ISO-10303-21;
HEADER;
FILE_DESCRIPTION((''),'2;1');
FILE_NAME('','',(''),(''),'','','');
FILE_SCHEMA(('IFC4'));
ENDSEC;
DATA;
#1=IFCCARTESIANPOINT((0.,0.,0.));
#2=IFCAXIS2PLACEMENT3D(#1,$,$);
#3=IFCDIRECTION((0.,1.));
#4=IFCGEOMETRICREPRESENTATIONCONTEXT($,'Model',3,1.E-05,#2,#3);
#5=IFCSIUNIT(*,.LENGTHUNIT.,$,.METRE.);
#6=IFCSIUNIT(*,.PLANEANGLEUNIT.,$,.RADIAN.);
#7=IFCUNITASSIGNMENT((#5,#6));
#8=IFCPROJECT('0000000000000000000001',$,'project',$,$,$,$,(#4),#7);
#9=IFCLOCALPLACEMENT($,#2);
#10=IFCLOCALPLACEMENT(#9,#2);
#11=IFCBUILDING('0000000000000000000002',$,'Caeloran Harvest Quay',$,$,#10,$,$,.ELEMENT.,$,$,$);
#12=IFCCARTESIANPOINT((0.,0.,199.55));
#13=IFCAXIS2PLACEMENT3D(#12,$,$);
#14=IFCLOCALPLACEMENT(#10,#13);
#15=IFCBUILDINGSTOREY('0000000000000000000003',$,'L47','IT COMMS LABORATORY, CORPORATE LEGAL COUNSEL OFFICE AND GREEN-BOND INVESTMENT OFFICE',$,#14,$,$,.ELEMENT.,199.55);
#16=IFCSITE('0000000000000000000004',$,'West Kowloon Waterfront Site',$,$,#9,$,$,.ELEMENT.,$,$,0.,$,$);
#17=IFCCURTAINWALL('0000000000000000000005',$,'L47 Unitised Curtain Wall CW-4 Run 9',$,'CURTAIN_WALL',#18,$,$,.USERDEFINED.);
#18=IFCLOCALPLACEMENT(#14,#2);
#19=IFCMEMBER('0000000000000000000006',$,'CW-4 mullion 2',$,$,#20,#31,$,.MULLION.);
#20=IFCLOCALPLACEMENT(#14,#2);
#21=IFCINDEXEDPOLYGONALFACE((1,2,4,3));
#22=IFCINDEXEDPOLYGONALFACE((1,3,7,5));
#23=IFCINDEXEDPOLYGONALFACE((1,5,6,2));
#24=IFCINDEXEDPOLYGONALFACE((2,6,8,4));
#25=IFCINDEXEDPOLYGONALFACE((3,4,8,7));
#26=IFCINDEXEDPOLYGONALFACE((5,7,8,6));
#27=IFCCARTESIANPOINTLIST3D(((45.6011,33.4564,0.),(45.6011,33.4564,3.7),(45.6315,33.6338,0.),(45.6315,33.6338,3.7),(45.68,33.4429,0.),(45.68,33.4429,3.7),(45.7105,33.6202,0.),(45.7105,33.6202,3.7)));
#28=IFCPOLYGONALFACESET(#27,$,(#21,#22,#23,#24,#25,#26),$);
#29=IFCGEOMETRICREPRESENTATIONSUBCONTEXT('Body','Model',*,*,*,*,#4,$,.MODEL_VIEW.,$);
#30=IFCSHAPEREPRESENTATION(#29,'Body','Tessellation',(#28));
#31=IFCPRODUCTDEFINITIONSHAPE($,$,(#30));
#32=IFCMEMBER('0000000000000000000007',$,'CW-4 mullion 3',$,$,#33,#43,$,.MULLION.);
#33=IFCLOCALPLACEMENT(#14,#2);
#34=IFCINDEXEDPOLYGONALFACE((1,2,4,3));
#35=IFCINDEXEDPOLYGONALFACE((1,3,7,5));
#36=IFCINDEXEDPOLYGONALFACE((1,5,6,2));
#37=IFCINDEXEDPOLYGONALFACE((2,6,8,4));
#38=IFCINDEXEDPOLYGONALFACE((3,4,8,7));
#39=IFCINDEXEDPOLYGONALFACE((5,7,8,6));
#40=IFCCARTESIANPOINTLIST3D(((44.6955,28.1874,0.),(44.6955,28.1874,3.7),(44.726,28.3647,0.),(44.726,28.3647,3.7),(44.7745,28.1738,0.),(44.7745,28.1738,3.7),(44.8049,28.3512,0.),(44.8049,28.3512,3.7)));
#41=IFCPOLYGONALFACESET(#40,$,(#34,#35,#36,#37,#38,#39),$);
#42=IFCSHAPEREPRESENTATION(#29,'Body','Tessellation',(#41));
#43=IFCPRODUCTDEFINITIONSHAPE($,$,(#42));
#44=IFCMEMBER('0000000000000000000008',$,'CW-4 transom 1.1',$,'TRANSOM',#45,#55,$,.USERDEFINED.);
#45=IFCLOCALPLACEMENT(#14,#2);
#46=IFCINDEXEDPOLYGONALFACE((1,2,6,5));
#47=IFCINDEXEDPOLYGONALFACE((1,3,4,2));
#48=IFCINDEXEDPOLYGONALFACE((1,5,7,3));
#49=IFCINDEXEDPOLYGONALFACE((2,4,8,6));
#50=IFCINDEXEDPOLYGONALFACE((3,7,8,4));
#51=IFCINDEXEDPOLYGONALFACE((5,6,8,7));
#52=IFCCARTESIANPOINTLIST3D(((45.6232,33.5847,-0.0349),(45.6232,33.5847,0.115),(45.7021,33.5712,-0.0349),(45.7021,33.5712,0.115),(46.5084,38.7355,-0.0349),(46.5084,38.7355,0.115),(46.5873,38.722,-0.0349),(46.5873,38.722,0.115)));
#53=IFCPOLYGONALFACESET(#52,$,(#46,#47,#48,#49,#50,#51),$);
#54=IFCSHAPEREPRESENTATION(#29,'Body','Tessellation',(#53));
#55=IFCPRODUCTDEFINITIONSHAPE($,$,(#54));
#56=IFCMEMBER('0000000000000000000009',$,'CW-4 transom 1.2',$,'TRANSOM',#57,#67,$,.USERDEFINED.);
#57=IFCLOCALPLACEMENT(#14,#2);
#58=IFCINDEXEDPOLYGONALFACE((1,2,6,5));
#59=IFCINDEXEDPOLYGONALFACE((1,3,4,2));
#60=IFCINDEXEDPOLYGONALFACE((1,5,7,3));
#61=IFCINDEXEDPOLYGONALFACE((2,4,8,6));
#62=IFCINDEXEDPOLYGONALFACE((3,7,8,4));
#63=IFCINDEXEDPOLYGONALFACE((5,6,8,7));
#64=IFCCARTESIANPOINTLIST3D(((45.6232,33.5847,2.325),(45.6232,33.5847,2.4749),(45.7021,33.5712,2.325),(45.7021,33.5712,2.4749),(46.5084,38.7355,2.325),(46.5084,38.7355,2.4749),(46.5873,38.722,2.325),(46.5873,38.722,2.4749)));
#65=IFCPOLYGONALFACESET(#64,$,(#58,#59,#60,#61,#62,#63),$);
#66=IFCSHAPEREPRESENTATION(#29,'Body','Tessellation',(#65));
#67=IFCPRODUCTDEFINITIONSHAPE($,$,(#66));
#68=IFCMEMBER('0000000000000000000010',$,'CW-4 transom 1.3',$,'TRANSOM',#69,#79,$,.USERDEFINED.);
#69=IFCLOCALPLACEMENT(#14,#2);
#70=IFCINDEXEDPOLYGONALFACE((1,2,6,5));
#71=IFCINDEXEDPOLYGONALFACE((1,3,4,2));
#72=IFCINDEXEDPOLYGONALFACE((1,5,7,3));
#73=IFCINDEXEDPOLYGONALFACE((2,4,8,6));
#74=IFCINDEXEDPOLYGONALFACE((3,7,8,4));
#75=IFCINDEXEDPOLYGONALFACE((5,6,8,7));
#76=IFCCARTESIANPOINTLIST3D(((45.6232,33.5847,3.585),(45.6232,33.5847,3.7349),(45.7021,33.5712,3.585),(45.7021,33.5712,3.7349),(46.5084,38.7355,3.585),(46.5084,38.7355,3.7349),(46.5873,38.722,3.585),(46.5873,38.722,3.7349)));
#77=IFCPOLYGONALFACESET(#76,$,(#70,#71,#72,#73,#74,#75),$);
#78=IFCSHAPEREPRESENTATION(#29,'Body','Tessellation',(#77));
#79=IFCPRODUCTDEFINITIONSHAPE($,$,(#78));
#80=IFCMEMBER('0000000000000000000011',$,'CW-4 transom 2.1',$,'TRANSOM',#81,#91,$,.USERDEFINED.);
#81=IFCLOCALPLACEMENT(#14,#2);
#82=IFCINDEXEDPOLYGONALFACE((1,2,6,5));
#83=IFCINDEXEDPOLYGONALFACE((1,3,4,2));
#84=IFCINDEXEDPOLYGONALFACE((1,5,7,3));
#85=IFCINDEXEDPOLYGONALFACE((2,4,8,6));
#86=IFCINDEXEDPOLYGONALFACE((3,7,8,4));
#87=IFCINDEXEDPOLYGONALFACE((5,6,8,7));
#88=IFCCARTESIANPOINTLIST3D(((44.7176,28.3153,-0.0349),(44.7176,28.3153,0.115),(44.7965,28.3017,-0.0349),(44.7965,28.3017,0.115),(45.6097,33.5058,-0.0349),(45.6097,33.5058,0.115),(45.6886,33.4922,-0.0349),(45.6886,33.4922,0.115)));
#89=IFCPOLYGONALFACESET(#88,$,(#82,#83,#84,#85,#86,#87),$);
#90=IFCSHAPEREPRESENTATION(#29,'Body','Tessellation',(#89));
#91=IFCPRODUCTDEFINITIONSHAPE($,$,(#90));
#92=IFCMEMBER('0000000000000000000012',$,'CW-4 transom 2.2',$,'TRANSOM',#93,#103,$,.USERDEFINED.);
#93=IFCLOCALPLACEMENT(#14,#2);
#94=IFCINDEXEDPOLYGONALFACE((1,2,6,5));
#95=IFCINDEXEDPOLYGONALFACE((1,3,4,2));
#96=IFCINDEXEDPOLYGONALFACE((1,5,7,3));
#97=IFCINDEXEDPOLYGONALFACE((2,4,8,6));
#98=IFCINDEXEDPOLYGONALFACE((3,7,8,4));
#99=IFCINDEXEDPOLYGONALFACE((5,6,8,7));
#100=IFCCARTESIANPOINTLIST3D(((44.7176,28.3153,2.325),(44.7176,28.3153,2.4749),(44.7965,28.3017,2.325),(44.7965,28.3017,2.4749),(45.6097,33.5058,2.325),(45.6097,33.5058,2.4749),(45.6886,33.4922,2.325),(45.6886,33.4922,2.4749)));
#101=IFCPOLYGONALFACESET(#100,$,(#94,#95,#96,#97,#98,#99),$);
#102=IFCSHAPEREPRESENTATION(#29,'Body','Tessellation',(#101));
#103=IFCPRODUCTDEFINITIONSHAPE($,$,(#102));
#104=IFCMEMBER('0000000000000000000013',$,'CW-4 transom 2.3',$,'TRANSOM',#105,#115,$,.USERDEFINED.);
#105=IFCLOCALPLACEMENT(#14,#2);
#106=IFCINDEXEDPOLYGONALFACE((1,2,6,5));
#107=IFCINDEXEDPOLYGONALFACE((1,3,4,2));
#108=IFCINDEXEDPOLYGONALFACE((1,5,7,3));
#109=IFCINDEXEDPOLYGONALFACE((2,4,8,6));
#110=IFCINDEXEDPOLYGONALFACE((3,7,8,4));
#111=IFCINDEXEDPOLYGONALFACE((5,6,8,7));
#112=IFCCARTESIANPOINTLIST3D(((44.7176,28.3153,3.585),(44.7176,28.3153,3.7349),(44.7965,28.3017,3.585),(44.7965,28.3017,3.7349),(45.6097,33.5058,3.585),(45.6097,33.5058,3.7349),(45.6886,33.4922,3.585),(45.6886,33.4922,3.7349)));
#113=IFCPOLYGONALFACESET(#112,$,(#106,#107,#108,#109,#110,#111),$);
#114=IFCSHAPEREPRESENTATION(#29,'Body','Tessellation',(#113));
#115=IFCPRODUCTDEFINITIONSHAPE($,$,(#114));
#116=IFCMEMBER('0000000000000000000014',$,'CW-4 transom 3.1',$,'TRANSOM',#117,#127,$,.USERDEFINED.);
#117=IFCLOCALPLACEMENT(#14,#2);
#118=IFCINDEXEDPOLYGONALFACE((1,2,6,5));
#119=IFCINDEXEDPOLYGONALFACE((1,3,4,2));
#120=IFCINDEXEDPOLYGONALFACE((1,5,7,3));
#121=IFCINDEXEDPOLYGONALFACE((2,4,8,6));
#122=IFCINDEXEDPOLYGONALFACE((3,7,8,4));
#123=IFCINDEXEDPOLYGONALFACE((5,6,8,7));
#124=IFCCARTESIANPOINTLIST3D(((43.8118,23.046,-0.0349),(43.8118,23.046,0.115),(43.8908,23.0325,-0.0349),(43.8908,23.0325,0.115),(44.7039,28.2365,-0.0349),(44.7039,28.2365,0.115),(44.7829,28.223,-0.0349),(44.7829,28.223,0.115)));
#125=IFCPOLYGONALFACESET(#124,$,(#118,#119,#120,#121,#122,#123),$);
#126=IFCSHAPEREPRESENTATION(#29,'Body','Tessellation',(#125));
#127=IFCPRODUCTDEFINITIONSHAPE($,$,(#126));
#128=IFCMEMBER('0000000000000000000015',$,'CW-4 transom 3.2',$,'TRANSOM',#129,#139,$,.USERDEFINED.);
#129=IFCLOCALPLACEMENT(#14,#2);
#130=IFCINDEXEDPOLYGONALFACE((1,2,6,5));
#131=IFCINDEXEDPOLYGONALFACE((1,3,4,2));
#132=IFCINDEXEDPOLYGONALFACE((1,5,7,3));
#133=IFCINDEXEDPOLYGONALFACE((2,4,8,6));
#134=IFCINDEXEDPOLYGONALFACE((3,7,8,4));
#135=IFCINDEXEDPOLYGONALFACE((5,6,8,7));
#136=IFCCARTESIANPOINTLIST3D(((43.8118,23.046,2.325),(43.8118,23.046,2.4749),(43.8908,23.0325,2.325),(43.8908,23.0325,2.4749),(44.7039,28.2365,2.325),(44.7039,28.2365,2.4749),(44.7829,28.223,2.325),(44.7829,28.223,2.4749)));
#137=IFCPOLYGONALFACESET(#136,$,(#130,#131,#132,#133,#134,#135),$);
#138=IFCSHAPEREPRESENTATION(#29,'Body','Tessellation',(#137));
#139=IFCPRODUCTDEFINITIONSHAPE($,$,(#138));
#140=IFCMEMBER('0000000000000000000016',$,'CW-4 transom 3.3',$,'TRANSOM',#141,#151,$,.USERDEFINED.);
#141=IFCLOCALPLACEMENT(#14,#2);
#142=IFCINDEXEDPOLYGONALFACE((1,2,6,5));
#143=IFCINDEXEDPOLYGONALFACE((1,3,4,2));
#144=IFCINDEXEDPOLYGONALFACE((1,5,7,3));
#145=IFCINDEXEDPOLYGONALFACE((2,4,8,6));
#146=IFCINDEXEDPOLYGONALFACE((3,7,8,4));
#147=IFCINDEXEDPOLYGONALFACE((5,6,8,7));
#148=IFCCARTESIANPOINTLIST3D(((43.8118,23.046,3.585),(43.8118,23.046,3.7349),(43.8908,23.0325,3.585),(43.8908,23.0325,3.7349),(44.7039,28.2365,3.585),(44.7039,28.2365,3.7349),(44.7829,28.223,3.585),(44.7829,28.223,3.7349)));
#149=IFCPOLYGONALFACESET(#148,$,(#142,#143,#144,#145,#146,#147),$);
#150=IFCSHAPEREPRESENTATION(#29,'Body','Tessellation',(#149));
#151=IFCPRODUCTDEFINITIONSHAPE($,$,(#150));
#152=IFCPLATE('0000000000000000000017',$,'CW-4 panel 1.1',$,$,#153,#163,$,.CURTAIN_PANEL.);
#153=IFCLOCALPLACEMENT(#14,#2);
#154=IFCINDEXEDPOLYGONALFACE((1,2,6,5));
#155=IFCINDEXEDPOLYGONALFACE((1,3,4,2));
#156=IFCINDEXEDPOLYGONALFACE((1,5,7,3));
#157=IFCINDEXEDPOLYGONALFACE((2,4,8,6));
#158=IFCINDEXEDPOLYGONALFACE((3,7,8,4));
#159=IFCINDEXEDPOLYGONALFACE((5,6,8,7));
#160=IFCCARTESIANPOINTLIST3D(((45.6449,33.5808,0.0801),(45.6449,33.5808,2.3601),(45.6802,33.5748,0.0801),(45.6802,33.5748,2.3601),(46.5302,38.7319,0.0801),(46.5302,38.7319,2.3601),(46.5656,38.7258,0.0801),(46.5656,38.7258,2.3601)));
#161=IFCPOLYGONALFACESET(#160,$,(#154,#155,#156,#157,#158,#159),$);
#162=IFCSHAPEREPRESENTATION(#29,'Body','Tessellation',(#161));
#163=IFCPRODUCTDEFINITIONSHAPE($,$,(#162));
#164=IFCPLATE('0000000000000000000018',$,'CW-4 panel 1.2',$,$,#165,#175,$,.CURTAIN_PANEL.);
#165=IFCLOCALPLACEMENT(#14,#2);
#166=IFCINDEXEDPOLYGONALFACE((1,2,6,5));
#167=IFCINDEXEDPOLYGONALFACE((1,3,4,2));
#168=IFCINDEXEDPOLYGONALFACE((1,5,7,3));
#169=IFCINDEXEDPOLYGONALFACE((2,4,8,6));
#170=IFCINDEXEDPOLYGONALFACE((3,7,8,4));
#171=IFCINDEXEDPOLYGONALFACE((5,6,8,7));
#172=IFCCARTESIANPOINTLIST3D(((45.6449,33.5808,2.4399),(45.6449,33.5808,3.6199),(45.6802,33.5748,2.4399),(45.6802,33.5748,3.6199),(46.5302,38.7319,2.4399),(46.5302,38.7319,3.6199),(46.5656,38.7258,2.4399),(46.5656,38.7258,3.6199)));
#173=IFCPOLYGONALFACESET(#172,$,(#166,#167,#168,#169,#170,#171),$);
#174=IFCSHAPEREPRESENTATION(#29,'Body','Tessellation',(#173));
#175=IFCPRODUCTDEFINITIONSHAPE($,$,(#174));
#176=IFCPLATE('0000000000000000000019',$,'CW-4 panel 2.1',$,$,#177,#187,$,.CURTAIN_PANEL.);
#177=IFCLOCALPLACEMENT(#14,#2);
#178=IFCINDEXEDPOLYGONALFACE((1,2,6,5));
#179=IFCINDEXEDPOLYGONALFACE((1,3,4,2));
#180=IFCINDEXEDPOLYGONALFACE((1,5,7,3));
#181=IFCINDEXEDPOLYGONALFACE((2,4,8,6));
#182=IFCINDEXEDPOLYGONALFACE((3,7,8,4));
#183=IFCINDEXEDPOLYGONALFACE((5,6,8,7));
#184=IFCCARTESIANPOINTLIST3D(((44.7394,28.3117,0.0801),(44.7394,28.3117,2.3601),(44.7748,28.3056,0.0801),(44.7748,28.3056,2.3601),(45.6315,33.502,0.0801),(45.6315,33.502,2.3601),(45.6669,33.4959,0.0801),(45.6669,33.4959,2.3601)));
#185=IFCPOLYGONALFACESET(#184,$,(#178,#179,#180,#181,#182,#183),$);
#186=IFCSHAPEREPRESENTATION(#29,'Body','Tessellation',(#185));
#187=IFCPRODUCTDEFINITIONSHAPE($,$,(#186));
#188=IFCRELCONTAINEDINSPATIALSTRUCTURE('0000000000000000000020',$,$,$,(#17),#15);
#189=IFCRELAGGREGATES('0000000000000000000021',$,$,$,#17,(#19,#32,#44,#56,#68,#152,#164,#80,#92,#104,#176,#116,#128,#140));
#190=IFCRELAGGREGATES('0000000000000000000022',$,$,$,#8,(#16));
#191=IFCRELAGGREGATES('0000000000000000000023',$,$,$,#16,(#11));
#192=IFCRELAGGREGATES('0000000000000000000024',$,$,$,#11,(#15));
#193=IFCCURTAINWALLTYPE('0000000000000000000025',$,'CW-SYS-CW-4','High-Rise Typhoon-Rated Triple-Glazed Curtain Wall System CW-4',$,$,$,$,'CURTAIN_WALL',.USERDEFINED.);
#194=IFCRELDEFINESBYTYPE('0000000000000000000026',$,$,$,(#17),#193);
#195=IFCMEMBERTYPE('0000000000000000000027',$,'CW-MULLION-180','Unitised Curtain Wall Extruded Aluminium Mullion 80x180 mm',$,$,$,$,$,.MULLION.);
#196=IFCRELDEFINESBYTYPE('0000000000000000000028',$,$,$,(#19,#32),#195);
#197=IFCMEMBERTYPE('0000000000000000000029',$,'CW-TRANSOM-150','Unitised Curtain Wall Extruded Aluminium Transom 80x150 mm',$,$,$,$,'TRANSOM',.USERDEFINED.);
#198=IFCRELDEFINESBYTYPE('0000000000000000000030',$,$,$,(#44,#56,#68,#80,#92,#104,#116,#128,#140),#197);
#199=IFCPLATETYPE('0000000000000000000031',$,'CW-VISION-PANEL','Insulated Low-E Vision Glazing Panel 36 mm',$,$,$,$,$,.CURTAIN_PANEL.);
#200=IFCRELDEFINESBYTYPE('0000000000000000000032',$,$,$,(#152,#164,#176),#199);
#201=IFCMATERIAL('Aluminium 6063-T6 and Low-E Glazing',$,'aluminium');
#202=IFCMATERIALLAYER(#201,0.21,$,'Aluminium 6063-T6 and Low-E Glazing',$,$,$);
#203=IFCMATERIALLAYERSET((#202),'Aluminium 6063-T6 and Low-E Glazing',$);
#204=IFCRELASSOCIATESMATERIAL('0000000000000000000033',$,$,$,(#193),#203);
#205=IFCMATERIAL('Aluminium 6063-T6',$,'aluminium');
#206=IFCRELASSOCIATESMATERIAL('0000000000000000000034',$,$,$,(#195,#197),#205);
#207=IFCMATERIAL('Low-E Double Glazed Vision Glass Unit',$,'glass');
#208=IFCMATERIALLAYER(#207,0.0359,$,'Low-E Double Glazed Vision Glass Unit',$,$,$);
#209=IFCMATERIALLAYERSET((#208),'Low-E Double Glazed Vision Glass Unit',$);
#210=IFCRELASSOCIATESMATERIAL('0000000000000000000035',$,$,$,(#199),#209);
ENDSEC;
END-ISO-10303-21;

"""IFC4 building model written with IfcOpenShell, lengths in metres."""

from ifc_helpers import new_model, si_unit, direction, frame, origin, origin_2d, place, context, subcontext, project, spatial, rectangle, extrude, material, layer, layer_set, material_profile, profile_set, type_object, element, aggregate, save


model = new_model("IFC4")

# Units and contexts
model_context = context("Model", 3, precision=1e-05, world=origin(), true_north=direction((0.0, 1.0)))
body_context = subcontext(model_context, "Body", "Model", "MODEL_VIEW")
ifc_project = project(units=[si_unit("LENGTHUNIT", "METRE"), si_unit("PLANEANGLEUNIT", "RADIAN")], contexts=[model_context])

# Site, building, storey
site_placement = place(None, origin())
site = spatial("IfcSite", under=ifc_project, at=site_placement, Name="West Kowloon Waterfront Site", CompositionType="ELEMENT", RefElevation=0.0)
building_placement = place(site_placement, origin())
building = spatial("IfcBuilding", under=site, at=building_placement, Name="Caeloran Harvest Quay", CompositionType="ELEMENT")
storey_placement = place(building_placement, frame((0.0, 0.0, 199.55)))
storey = spatial("IfcBuildingStorey", under=building, at=storey_placement, Name="L47", Description="IT COMMS LABORATORY, CORPORATE LEGAL COUNSEL OFFICE AND GREEN-BOND INVESTMENT OFFICE", CompositionType="ELEMENT", Elevation=199.55)

# Curtain wall, members, plates
ifc_material_1 = material(Name="Aluminium 6063-T6 and Low-E Glazing", Category="aluminium")
ifc_layer_1 = layer(ifc_material_1, 0.21, Name="Aluminium 6063-T6 and Low-E Glazing")
ifc_layer_set_1 = layer_set([ifc_layer_1], Name="Aluminium 6063-T6 and Low-E Glazing")
curtain_wall_type = type_object("IfcCurtainWallType", Name="CW-SYS-CW-4", Description="High-Rise Typhoon-Rated Triple-Glazed Curtain Wall System CW-4", ElementType="CURTAIN_WALL", PredefinedType="USERDEFINED", material=ifc_layer_set_1)
curtain_wall_placement = place(storey_placement, origin())
curtain_wall = element("IfcCurtainWall", 1, at=curtain_wall_placement, inside=storey, type_object=curtain_wall_type, Name="L47 Unitised Curtain Wall CW-4 Run 9", ObjectType="CURTAIN_WALL", PredefinedType="USERDEFINED")
ifc_material_2 = material(Name="Aluminium 6063-T6", Category="aluminium")
ifc_material_profile_1 = material_profile(ifc_material_2, rectangle(XDim=0.0801, YDim=0.1799, at=origin_2d()), Name="CW-MULLION-180")
ifc_profile_set_1 = profile_set([ifc_material_profile_1], Name="Aluminium 6063-T6")
member_type_1 = type_object("IfcMemberType", Name="CW-MULLION-180", Description="Unitised Curtain Wall Extruded Aluminium Mullion 80x180 mm", PredefinedType="MULLION", material=ifc_profile_set_1)
member_1_placement = place(storey_placement, frame((45.6558, 33.5383, 0.0), z_axis=(0.0, 0.0, 1.0), x_axis=(0.985549, -0.169392, 0.0)))
member_1 = element("IfcMember", 2, at=member_1_placement, type_object=member_type_1, Name="CW-4 mullion 2", PredefinedType="MULLION", context=body_context, shape_type="SweptSolid", body=[
    extrude(rectangle(XDim=0.0801, YDim=0.1799, at=origin_2d()), origin(), (0.0, 0.0, 1.0), 3.7),
])
member_2_placement = place(storey_placement, frame((44.7502, 28.2693, 0.0), z_axis=(0.0, 0.0, 1.0), x_axis=(0.985549, -0.169392, 0.0)))
member_2 = element("IfcMember", 3, at=member_2_placement, type_object=member_type_1, Name="CW-4 mullion 3", PredefinedType="MULLION", context=body_context, shape_type="SweptSolid", body=[
    extrude(rectangle(XDim=0.0801, YDim=0.1799, at=origin_2d()), origin(), (0.0, 0.0, 1.0), 3.7),
])
ifc_material_profile_2 = material_profile(ifc_material_2, rectangle(XDim=0.0801, YDim=0.1499, at=origin_2d()), Name="CW-TRANSOM-150")
ifc_profile_set_2 = profile_set([ifc_material_profile_2], Name="Aluminium 6063-T6")
member_type_2 = type_object("IfcMemberType", Name="CW-TRANSOM-150", Description="Unitised Curtain Wall Extruded Aluminium Transom 80x150 mm", ElementType="TRANSOM", PredefinedType="USERDEFINED", material=ifc_profile_set_2)
member_3_placement = place(storey_placement, frame((46.5479, 38.7288, 0.04), z_axis=(-0.169381, -0.985551, 0.0), x_axis=(0.985551, -0.169381, 0.0)))
member_3 = element("IfcMember", 4, at=member_3_placement, type_object=member_type_2, Name="CW-4 transom 1.1", ObjectType="TRANSOM", PredefinedType="USERDEFINED", context=body_context, shape_type="SweptSolid", body=[
    extrude(rectangle(XDim=0.0801, YDim=0.1499, at=origin_2d()), origin(), (0.0, 0.0, 1.0), 5.2263),
])
member_4_placement = place(storey_placement, frame((46.5479, 38.7288, 2.3999), z_axis=(-0.169381, -0.985551, 0.0), x_axis=(0.985551, -0.169381, 0.0)))
member_4 = element("IfcMember", 5, at=member_4_placement, type_object=member_type_2, Name="CW-4 transom 1.2", ObjectType="TRANSOM", PredefinedType="USERDEFINED", context=body_context, shape_type="SweptSolid", body=[
    extrude(rectangle(XDim=0.0801, YDim=0.1499, at=origin_2d()), origin(), (0.0, 0.0, 1.0), 5.2263),
])
member_5_placement = place(storey_placement, frame((46.5479, 38.7288, 3.6599), z_axis=(-0.169381, -0.985551, 0.0), x_axis=(0.985551, -0.169381, 0.0)))
member_5 = element("IfcMember", 6, at=member_5_placement, type_object=member_type_2, Name="CW-4 transom 1.3", ObjectType="TRANSOM", PredefinedType="USERDEFINED", context=body_context, shape_type="SweptSolid", body=[
    extrude(rectangle(XDim=0.0801, YDim=0.1499, at=origin_2d()), origin(), (0.0, 0.0, 1.0), 5.2263),
])
member_6_placement = place(storey_placement, frame((45.6492, 33.499, 0.04), z_axis=(-0.169388, -0.985549, 0.0), x_axis=(0.985549, -0.169388, 0.0)))
member_6 = element("IfcMember", 7, at=member_6_placement, type_object=member_type_2, Name="CW-4 transom 2.1", ObjectType="TRANSOM", PredefinedType="USERDEFINED", context=body_context, shape_type="SweptSolid", body=[
    extrude(rectangle(XDim=0.0801, YDim=0.1499, at=origin_2d()), origin(), (0.0, 0.0, 1.0), 5.2666),
])
member_7_placement = place(storey_placement, frame((45.6492, 33.499, 2.3999), z_axis=(-0.169388, -0.985549, 0.0), x_axis=(0.985549, -0.169388, 0.0)))
member_7 = element("IfcMember", 8, at=member_7_placement, type_object=member_type_2, Name="CW-4 transom 2.2", ObjectType="TRANSOM", PredefinedType="USERDEFINED", context=body_context, shape_type="SweptSolid", body=[
    extrude(rectangle(XDim=0.0801, YDim=0.1499, at=origin_2d()), origin(), (0.0, 0.0, 1.0), 5.2666),
])
member_8_placement = place(storey_placement, frame((45.6492, 33.499, 3.6599), z_axis=(-0.169388, -0.985549, 0.0), x_axis=(0.985549, -0.169388, 0.0)))
member_8 = element("IfcMember", 9, at=member_8_placement, type_object=member_type_2, Name="CW-4 transom 2.3", ObjectType="TRANSOM", PredefinedType="USERDEFINED", context=body_context, shape_type="SweptSolid", body=[
    extrude(rectangle(XDim=0.0801, YDim=0.1499, at=origin_2d()), origin(), (0.0, 0.0, 1.0), 5.2666),
])
member_9_placement = place(storey_placement, frame((44.7434, 28.2297, 0.04), z_axis=(-0.169388, -0.985549, 0.0), x_axis=(0.985549, -0.169388, 0.0)))
member_9 = element("IfcMember", 10, at=member_9_placement, type_object=member_type_2, Name="CW-4 transom 3.1", ObjectType="TRANSOM", PredefinedType="USERDEFINED", context=body_context, shape_type="SweptSolid", body=[
    extrude(rectangle(XDim=0.0801, YDim=0.1499, at=origin_2d()), origin(), (0.0, 0.0, 1.0), 5.2666),
])
member_10_placement = place(storey_placement, frame((44.7434, 28.2297, 2.3999), z_axis=(-0.169388, -0.985549, 0.0), x_axis=(0.985549, -0.169388, 0.0)))
member_10 = element("IfcMember", 11, at=member_10_placement, type_object=member_type_2, Name="CW-4 transom 3.2", ObjectType="TRANSOM", PredefinedType="USERDEFINED", context=body_context, shape_type="SweptSolid", body=[
    extrude(rectangle(XDim=0.0801, YDim=0.1499, at=origin_2d()), origin(), (0.0, 0.0, 1.0), 5.2666),
])
member_11_placement = place(storey_placement, frame((44.7434, 28.2297, 3.6599), z_axis=(-0.169388, -0.985549, 0.0), x_axis=(0.985549, -0.169388, 0.0)))
member_11 = element("IfcMember", 12, at=member_11_placement, type_object=member_type_2, Name="CW-4 transom 3.3", ObjectType="TRANSOM", PredefinedType="USERDEFINED", context=body_context, shape_type="SweptSolid", body=[
    extrude(rectangle(XDim=0.0801, YDim=0.1499, at=origin_2d()), origin(), (0.0, 0.0, 1.0), 5.2666),
])
ifc_material_3 = material(Name="Low-E Double Glazed Vision Glass Unit", Category="glass")
ifc_layer_2 = layer(ifc_material_3, 0.0359, Name="Low-E Double Glazed Vision Glass Unit")
ifc_layer_set_2 = layer_set([ifc_layer_2], Name="Low-E Double Glazed Vision Glass Unit")
plate_type = type_object("IfcPlateType", Name="CW-VISION-PANEL", Description="Insulated Low-E Vision Glazing Panel 36 mm", PredefinedType="CURTAIN_PANEL", material=ifc_layer_set_2)
plate_1_placement = place(storey_placement, frame((46.1052, 36.1533, 0.0801), z_axis=(0.0, 0.0, 1.0), x_axis=(-0.169392, -0.985549, 0.0)))
plate_1 = element("IfcPlate", 13, at=plate_1_placement, type_object=plate_type, Name="CW-4 panel 1.1", PredefinedType="CURTAIN_PANEL", context=body_context, shape_type="SweptSolid", body=[
    extrude(rectangle(XDim=5.2266, YDim=0.0359, at=origin_2d()), origin(), (0.0, 0.0, 1.0), 2.28),
])
plate_2_placement = place(storey_placement, frame((46.1052, 36.1533, 2.4399), z_axis=(0.0, 0.0, 1.0), x_axis=(-0.169392, -0.985549, 0.0)))
plate_2 = element("IfcPlate", 14, at=plate_2_placement, type_object=plate_type, Name="CW-4 panel 1.2", PredefinedType="CURTAIN_PANEL", context=body_context, shape_type="SweptSolid", body=[
    extrude(rectangle(XDim=5.2266, YDim=0.0359, at=origin_2d()), origin(), (0.0, 0.0, 1.0), 1.1799),
])
plate_3_placement = place(storey_placement, frame((45.2031, 30.9038, 0.0801), z_axis=(0.0, 0.0, 1.0), x_axis=(-0.169392, -0.985549, 0.0)))
plate_3 = element("IfcPlate", 15, at=plate_3_placement, type_object=plate_type, Name="CW-4 panel 2.1", PredefinedType="CURTAIN_PANEL", context=body_context, shape_type="SweptSolid", body=[
    extrude(rectangle(XDim=5.2664, YDim=0.0359, at=origin_2d()), origin(), (0.0, 0.0, 1.0), 2.28),
])
aggregate(curtain_wall, [member_1, member_2, member_3, member_4, member_5, plate_1, plate_2, member_6, member_7, member_8, plate_3, member_9, member_10, member_11])

save(model, "model.ifc")
